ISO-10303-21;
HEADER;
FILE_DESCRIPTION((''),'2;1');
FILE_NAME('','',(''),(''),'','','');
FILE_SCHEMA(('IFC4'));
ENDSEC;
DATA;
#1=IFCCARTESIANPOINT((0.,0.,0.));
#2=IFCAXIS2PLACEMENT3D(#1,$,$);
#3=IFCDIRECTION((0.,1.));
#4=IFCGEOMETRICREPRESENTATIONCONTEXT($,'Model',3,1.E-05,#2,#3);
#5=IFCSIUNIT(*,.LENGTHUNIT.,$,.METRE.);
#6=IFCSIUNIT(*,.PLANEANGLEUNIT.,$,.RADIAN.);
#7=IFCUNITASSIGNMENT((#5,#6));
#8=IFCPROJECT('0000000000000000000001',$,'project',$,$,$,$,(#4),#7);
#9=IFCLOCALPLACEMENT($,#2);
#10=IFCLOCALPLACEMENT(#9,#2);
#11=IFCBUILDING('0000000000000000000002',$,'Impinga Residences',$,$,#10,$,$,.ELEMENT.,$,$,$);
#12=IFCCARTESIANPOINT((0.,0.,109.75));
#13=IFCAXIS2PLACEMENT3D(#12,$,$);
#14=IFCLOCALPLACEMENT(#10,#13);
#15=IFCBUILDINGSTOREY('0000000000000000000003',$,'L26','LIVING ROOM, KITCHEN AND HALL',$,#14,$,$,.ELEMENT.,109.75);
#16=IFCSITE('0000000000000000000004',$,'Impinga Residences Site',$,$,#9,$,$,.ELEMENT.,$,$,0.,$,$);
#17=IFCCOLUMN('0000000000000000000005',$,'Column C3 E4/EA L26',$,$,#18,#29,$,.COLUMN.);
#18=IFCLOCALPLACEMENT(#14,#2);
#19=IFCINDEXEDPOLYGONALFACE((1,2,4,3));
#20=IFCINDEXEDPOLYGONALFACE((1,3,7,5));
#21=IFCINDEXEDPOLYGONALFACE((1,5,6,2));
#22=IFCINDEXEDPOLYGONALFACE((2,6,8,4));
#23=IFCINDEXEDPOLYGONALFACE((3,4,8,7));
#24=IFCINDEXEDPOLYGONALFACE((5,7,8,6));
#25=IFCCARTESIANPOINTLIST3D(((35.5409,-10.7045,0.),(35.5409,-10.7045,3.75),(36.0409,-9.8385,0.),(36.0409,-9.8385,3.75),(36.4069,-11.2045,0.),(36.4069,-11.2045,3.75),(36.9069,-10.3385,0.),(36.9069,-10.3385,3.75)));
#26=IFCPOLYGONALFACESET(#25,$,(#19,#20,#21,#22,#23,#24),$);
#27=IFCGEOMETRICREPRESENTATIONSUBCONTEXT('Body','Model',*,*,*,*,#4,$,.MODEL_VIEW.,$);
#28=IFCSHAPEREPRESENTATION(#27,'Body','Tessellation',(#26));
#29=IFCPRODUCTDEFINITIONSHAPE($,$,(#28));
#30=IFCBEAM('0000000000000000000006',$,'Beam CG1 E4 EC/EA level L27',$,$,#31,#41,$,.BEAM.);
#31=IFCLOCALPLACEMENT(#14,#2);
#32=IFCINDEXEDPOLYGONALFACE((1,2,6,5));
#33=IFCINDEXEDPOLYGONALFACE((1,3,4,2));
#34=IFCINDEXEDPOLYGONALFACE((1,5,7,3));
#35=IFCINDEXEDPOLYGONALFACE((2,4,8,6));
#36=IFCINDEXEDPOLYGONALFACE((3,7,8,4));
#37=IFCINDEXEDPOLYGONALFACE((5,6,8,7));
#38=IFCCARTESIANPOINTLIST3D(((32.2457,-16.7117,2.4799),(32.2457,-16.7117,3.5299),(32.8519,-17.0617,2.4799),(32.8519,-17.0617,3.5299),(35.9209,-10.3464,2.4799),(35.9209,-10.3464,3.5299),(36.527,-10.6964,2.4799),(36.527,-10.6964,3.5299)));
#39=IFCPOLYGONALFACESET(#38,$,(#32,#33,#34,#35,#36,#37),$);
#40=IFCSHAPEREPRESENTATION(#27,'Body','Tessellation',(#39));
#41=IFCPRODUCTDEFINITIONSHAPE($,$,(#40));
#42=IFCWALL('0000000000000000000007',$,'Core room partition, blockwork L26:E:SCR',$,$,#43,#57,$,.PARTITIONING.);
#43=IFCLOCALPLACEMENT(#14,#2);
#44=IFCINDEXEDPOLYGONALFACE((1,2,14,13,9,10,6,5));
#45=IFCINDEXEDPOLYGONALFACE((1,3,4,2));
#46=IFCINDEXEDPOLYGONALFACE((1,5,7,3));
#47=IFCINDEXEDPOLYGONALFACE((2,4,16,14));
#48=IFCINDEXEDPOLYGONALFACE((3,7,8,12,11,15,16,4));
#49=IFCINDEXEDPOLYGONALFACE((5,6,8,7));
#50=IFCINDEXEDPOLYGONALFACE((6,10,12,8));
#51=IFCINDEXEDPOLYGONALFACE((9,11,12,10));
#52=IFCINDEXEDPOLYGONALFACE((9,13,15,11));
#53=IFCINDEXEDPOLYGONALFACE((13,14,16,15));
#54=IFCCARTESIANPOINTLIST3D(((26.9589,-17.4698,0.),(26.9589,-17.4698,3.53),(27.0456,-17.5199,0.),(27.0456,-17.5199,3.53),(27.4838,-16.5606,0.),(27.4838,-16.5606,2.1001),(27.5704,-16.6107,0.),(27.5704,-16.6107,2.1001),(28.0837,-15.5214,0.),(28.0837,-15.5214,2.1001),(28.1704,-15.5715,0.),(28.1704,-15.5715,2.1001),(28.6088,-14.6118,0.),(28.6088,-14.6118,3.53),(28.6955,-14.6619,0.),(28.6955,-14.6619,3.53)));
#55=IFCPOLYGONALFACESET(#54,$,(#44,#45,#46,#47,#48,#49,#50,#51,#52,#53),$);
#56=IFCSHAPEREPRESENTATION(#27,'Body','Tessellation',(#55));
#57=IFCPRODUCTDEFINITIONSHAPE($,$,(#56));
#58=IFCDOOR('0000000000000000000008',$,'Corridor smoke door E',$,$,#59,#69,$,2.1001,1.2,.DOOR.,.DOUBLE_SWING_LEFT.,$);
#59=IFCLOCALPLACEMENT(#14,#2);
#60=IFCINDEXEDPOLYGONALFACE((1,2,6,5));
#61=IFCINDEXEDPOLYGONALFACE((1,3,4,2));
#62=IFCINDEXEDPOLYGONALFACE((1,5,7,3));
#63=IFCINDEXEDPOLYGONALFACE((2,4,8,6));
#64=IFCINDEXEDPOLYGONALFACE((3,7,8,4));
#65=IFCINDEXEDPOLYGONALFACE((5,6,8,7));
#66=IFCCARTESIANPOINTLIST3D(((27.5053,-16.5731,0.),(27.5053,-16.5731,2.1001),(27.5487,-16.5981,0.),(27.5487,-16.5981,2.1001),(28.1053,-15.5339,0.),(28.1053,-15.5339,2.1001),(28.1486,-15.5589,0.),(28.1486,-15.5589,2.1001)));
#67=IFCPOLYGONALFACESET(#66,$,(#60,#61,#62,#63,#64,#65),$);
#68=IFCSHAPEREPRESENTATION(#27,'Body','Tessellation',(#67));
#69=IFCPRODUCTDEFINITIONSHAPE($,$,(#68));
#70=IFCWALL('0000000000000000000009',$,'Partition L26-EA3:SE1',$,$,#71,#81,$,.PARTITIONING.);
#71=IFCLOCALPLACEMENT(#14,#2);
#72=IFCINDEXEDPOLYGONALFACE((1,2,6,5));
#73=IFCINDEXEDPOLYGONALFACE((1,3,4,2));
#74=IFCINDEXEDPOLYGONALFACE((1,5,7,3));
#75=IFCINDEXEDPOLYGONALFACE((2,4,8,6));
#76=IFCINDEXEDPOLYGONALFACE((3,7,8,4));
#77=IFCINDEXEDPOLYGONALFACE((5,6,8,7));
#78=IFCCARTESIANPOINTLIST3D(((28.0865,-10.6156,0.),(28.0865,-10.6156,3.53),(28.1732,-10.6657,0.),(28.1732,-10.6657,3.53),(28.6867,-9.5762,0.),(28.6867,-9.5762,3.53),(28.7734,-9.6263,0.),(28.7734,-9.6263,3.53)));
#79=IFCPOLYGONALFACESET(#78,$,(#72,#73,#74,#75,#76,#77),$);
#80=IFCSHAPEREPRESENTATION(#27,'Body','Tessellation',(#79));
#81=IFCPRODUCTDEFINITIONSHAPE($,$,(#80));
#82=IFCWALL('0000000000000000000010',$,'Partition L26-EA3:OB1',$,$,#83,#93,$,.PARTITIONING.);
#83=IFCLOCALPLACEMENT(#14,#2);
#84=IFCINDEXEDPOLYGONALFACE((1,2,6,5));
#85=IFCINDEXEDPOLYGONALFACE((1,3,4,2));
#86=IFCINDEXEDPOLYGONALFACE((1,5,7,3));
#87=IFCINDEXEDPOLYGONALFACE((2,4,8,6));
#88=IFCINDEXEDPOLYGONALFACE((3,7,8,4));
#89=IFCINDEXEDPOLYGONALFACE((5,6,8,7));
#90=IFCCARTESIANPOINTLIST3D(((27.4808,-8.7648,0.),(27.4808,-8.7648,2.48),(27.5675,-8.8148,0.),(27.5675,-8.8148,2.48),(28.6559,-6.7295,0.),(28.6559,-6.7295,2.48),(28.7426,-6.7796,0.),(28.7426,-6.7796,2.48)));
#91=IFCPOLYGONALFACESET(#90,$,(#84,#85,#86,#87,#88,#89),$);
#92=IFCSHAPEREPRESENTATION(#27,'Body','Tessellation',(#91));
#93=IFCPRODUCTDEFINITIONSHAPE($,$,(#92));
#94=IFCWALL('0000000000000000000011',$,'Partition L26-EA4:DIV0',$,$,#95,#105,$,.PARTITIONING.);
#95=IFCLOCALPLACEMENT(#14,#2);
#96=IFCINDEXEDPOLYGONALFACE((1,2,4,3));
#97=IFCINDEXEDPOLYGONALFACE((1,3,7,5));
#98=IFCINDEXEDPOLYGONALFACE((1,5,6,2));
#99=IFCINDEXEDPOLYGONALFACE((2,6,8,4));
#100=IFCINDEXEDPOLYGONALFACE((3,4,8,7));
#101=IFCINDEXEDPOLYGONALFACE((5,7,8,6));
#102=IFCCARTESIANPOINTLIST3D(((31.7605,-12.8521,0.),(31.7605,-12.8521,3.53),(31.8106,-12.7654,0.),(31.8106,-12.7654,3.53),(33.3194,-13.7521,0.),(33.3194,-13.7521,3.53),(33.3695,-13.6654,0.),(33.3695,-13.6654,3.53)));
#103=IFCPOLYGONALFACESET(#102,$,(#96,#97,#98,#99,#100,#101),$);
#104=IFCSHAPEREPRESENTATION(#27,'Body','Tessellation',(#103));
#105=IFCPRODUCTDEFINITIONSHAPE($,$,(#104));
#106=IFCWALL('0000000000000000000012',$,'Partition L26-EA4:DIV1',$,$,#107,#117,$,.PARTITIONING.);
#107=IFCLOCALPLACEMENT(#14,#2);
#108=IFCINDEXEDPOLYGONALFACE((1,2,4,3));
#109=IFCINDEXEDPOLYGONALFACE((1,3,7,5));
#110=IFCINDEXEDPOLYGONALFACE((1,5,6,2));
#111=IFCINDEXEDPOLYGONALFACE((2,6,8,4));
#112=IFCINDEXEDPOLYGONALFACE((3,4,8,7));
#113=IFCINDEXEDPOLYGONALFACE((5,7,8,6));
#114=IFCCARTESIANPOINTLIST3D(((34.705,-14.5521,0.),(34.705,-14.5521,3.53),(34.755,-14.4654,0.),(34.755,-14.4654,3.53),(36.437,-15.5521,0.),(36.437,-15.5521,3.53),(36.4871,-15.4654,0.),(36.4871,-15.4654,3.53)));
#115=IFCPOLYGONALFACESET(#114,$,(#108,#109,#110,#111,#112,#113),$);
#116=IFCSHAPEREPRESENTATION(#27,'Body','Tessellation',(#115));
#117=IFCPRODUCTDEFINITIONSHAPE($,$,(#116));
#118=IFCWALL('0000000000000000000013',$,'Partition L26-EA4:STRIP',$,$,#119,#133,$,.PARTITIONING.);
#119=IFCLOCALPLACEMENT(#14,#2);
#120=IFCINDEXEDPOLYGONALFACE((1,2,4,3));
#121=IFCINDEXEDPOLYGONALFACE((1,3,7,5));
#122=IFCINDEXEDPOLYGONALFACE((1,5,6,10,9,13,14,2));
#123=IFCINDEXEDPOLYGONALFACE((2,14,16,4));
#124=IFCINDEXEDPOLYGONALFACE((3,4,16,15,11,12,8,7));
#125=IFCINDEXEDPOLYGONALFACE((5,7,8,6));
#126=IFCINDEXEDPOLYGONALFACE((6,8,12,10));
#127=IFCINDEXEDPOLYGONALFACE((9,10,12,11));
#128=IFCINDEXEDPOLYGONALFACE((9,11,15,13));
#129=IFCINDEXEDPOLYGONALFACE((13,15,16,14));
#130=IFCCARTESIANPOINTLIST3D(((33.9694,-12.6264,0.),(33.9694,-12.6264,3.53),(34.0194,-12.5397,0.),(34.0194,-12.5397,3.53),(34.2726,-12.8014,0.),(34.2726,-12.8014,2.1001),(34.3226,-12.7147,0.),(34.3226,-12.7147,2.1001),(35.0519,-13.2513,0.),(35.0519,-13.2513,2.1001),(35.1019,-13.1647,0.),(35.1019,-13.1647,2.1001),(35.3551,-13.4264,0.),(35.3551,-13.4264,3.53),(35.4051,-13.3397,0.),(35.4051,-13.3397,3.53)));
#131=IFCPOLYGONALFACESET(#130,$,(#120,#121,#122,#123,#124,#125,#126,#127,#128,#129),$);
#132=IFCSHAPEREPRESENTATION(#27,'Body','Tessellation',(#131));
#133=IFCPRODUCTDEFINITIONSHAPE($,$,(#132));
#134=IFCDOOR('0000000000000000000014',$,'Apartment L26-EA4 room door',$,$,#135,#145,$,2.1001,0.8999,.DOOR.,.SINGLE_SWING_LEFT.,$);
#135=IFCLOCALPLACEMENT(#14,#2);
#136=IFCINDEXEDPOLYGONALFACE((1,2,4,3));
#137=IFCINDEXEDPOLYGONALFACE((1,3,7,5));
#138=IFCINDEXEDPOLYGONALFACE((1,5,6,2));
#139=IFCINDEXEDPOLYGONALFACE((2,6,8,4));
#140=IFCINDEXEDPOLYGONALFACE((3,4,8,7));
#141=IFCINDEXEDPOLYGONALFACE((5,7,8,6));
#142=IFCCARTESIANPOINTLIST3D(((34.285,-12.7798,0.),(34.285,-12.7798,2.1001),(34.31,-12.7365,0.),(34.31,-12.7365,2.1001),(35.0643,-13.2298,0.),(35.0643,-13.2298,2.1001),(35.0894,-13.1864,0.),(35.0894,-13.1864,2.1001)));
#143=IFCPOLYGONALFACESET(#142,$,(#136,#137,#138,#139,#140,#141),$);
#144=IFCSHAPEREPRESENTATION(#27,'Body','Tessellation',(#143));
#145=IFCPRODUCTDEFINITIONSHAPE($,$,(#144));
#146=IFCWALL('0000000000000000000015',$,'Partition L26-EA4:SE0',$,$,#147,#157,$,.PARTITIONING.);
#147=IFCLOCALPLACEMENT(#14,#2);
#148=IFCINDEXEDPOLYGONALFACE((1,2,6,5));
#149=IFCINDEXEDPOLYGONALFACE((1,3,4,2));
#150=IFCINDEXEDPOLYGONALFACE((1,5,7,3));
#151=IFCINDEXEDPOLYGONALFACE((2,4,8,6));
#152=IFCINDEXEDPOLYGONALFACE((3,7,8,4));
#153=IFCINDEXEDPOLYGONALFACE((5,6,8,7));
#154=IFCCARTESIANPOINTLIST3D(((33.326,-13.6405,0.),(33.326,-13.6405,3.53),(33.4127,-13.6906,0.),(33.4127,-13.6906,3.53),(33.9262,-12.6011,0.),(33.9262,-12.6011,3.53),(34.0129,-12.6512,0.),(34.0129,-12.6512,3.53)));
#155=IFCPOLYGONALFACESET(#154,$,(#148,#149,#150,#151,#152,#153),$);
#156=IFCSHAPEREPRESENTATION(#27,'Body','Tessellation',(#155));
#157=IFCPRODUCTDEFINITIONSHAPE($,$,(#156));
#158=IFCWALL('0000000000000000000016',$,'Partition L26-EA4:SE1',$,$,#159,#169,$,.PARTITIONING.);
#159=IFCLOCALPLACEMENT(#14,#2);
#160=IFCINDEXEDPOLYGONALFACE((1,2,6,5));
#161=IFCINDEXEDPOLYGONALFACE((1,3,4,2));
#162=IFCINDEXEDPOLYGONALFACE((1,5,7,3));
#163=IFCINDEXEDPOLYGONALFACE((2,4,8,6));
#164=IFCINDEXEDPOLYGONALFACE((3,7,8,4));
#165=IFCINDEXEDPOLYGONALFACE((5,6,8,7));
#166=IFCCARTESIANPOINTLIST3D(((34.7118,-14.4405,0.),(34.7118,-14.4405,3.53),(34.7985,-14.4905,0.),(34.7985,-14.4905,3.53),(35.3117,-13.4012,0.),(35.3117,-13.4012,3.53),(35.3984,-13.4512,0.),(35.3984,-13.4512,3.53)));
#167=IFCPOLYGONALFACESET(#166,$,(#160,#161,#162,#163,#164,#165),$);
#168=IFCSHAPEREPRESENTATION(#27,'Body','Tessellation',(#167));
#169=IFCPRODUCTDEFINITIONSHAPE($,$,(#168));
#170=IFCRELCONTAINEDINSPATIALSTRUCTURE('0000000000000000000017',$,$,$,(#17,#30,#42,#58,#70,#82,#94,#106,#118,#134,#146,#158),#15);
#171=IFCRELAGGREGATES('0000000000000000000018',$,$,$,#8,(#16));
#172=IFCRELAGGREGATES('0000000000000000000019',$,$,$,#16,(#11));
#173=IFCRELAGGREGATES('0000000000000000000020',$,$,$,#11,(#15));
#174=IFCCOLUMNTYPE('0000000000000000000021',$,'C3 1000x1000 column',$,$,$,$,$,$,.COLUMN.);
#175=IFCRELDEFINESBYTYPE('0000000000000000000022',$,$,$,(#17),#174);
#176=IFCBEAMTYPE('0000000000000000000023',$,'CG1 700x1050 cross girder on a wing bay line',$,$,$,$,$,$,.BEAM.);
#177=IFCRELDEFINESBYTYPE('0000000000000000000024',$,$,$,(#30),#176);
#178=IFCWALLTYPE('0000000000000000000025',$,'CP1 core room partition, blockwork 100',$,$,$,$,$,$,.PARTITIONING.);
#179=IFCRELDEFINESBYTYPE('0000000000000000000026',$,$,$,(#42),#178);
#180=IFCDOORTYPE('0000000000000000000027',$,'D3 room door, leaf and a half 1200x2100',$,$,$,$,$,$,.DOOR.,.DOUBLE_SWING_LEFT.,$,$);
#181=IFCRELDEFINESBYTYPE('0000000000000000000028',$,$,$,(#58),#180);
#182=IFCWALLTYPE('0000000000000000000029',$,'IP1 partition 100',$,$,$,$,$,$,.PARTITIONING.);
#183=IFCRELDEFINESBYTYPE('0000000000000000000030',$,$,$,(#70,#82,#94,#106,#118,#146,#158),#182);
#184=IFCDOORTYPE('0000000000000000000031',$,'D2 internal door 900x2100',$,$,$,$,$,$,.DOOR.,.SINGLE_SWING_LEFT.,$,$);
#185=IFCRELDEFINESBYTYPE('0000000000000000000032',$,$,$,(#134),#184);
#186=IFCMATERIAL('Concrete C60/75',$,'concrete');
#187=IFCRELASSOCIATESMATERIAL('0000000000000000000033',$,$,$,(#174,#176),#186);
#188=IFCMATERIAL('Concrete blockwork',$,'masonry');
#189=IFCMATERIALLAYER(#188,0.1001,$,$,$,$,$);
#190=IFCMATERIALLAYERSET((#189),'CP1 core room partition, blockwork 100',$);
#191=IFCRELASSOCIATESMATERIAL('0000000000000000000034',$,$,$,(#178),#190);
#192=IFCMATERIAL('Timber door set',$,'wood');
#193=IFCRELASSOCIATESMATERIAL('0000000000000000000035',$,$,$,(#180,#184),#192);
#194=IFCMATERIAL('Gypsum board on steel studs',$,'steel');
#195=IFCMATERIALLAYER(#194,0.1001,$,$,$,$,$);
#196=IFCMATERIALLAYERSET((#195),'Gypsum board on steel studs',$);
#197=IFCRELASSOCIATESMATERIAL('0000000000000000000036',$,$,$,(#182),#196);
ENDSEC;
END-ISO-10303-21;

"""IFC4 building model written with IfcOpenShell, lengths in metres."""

from ifc_helpers import new_model, si_unit, direction, frame, frame_2d, origin, origin_2d, place, context, subcontext, project, spatial, rectangle, extrude, material, layer, layer_set, material_profile, profile_set, type_object, element, fill, save


model = new_model("IFC4")

# Units and contexts
model_context = context("Model", 3, precision=1e-05, world=origin(), true_north=direction((0.0, 1.0)))
body_context = subcontext(model_context, "Body", "Model", "MODEL_VIEW")
ifc_project = project(units=[si_unit("LENGTHUNIT", "METRE"), si_unit("PLANEANGLEUNIT", "RADIAN")], contexts=[model_context])

# Site, building, storey
site_placement = place(None, origin())
site = spatial("IfcSite", under=ifc_project, at=site_placement, Name="Impinga Residences Site", CompositionType="ELEMENT", RefElevation=0.0)
building_placement = place(site_placement, origin())
building = spatial("IfcBuilding", under=site, at=building_placement, Name="Impinga Residences", CompositionType="ELEMENT")
storey_placement = place(building_placement, frame((0.0, 0.0, 109.75)))
storey = spatial("IfcBuildingStorey", under=building, at=storey_placement, Name="L26", Description="LIVING ROOM, KITCHEN AND HALL", CompositionType="ELEMENT", Elevation=109.75)

# Column
ifc_material_1 = material(Name="Concrete C60/75", Category="concrete")
ifc_material_profile_1 = material_profile(ifc_material_1, rectangle(XDim=1.0, YDim=1.0, at=origin_2d()), Name="RC 1000x1000")
ifc_profile_set_1 = profile_set([ifc_material_profile_1], Name="Concrete C60/75")
column_type = type_object("IfcColumnType", Name="C3 1000x1000 column", PredefinedType="COLUMN", material=ifc_profile_set_1)
column_placement = place(storey_placement, frame((36.2239, -10.5215, 0.0), z_axis=(0.0, 0.0, 1.0), x_axis=(-0.5, -0.866025, 0.0)))
element("IfcColumn", 1, at=column_placement, inside=storey, type_object=column_type, Name="Column C3 E4/EA L26", PredefinedType="COLUMN", context=body_context, shape_type="SweptSolid", body=[
    extrude(rectangle(XDim=1.0, YDim=1.0, at=origin_2d()), origin(), (0.0, 0.0, 1.0), 3.75),
])

# Beam
ifc_material_profile_2 = material_profile(ifc_material_1, rectangle(XDim=0.7, YDim=1.05, at=origin_2d()), Name="RC 700x1050")
ifc_profile_set_2 = profile_set([ifc_material_profile_2], Name="Concrete C60/75")
beam_type = type_object("IfcBeamType", Name="CG1 700x1050 cross girder on a wing bay line", PredefinedType="BEAM", material=ifc_profile_set_2)
beam_placement = place(storey_placement, frame((32.5488, -16.8867, 3.0049), z_axis=(0.500008, 0.866021, 0.0), x_axis=(-0.866021, 0.500008, 0.0)))
element("IfcBeam", 2, at=beam_placement, inside=storey, type_object=beam_type, Name="Beam CG1 E4 EC/EA level L27", PredefinedType="BEAM", context=body_context, shape_type="SweptSolid", body=[
    extrude(rectangle(XDim=0.7, YDim=1.05, at=origin_2d()), origin(), (0.0, 0.0, 1.0), 7.3501),
])

# Wall, opening, door
ifc_material_2 = material(Name="Concrete blockwork", Category="masonry")
ifc_layer_1 = layer(ifc_material_2, 0.1001)
ifc_layer_set_1 = layer_set([ifc_layer_1], Name="CP1 core room partition, blockwork 100")
wall_type_1 = type_object("IfcWallType", Name="CP1 core room partition, blockwork 100", PredefinedType="PARTITIONING", material=ifc_layer_set_1)
wall_1_placement = place(storey_placement, frame((28.6521, -14.637, 0.0), z_axis=(0.0, 0.0, 1.0), x_axis=(-0.499974, -0.86604, 0.0)))
wall_1 = element("IfcWall", 3, at=wall_1_placement, inside=storey, type_object=wall_type_1, Name="Core room partition, blockwork L26:E:SCR", PredefinedType="PARTITIONING", context=body_context, shape_type="SweptSolid", body=[
    extrude(rectangle(XDim=3.3, YDim=0.1001, at=frame_2d((1.6499, 0.0))), origin(), (0.0, 0.0, 1.0), 3.53),
])
opening_1_placement = place(wall_1_placement, frame((1.05, 0.0, 0.0)))
opening_1 = element("IfcOpeningElement", 4, at=opening_1_placement, cuts=wall_1, PredefinedType="OPENING", context=body_context, shape_type="SweptSolid", body=[
    extrude(rectangle(XDim=1.2, YDim=2.1001, at=frame_2d((0.6001, 1.05))), frame((0.0, 0.0601, 0.0), z_axis=(0.0, -1.0, 0.0), x_axis=(1.0, 0.0, 0.0)), (0.0, 0.0, 1.0), 0.1201),
])
ifc_material_3 = material(Name="Timber door set", Category="wood")
door_type_1 = type_object("IfcDoorType", Name="D3 room door, leaf and a half 1200x2100", OperationType="DOUBLE_SWING_LEFT", PredefinedType="DOOR", material=ifc_material_3)
door_1_placement = place(opening_1_placement, origin())
door_1 = element("IfcDoor", 5, at=door_1_placement, inside=storey, type_object=door_type_1, Name="Corridor smoke door E", OperationType="DOUBLE_SWING_LEFT", OverallHeight=2.1001, OverallWidth=1.2, PredefinedType="DOOR", context=body_context, shape_type="SweptSolid", body=[
    extrude(rectangle(XDim=1.2, YDim=2.1001, at=frame_2d((0.6001, 1.05))), frame((0.0, 0.0249, 0.0), z_axis=(0.0, -1.0, 0.0), x_axis=(1.0, 0.0, 0.0)), (0.0, 0.0, 1.0), 0.05),
])
fill(opening_1, door_1)

# Walls
ifc_material_4 = material(Name="Gypsum board on steel studs", Category="steel")
ifc_layer_2 = layer(ifc_material_4, 0.1001)
ifc_layer_set_2 = layer_set([ifc_layer_2], Name="Gypsum board on steel studs")
wall_type_2 = type_object("IfcWallType", Name="IP1 partition 100", PredefinedType="PARTITIONING", material=ifc_layer_set_2)
wall_2_placement = place(storey_placement, frame((28.1299, -10.6406, 0.0), z_axis=(0.0, 0.0, 1.0), x_axis=(0.500034, 0.866006, 0.0)))
element("IfcWall", 6, at=wall_2_placement, inside=storey, type_object=wall_type_2, Name="Partition L26-EA3:SE1", PredefinedType="PARTITIONING", context=body_context, shape_type="SweptSolid", body=[
    extrude(rectangle(XDim=1.2002, YDim=0.1001, at=frame_2d((0.6001, 0.0))), origin(), (0.0, 0.0, 1.0), 3.53),
])
wall_3_placement = place(storey_placement, frame((27.5242, -8.7898, 0.0), z_axis=(0.0, 0.0, 1.0), x_axis=(0.500016, 0.866016, 0.0)))
element("IfcWall", 7, at=wall_3_placement, inside=storey, type_object=wall_type_2, Name="Partition L26-EA3:OB1", PredefinedType="PARTITIONING", context=body_context, shape_type="SweptSolid", body=[
    extrude(rectangle(XDim=2.3501, YDim=0.1001, at=frame_2d((1.175, 0.0))), origin(), (0.0, 0.0, 1.0), 2.48),
])
wall_4_placement = place(storey_placement, frame((31.7856, -12.8088, 0.0), z_axis=(0.0, 0.0, 1.0), x_axis=(0.866048, -0.499961, 0.0)))
element("IfcWall", 8, at=wall_4_placement, inside=storey, type_object=wall_type_2, Name="Partition L26-EA4:DIV0", PredefinedType="PARTITIONING", context=body_context, shape_type="SweptSolid", body=[
    extrude(rectangle(XDim=1.8, YDim=0.1001, at=frame_2d((0.8999, 0.0))), origin(), (0.0, 0.0, 1.0), 3.53),
])
wall_5_placement = place(storey_placement, frame((34.73, -14.5088, 0.0), z_axis=(0.0, 0.0, 1.0), x_axis=(0.866041, -0.499973, 0.0)))
element("IfcWall", 9, at=wall_5_placement, inside=storey, type_object=wall_type_2, Name="Partition L26-EA4:DIV1", PredefinedType="PARTITIONING", context=body_context, shape_type="SweptSolid", body=[
    extrude(rectangle(XDim=2.0, YDim=0.1001, at=frame_2d((1.0, 0.0))), origin(), (0.0, 0.0, 1.0), 3.53),
])

# Wall, opening, door
wall_6_placement = place(storey_placement, frame((33.9944, -12.583, 0.0), z_axis=(0.0, 0.0, 1.0), x_axis=(0.866028, -0.499995, 0.0)))
wall_6 = element("IfcWall", 10, at=wall_6_placement, inside=storey, type_object=wall_type_2, Name="Partition L26-EA4:STRIP", PredefinedType="PARTITIONING", context=body_context, shape_type="SweptSolid", body=[
    extrude(rectangle(XDim=1.6001, YDim=0.1001, at=frame_2d((0.8, 0.0))), origin(), (0.0, 0.0, 1.0), 3.53),
])
opening_2_placement = place(wall_6_placement, frame((0.3501, 0.0, 0.0)))
opening_2 = element("IfcOpeningElement", 11, at=opening_2_placement, cuts=wall_6, PredefinedType="OPENING", context=body_context, shape_type="SweptSolid", body=[
    extrude(rectangle(XDim=0.8999, YDim=2.1001, at=frame_2d((0.45, 1.05))), frame((0.0, 0.0601, 0.0), z_axis=(0.0, -1.0, 0.0), x_axis=(1.0, 0.0, 0.0)), (0.0, 0.0, 1.0), 0.1201),
])
door_type_2 = type_object("IfcDoorType", Name="D2 internal door 900x2100", OperationType="SINGLE_SWING_LEFT", PredefinedType="DOOR", material=ifc_material_3)
door_2_placement = place(opening_2_placement, origin())
door_2 = element("IfcDoor", 12, at=door_2_placement, inside=storey, type_object=door_type_2, Name="Apartment L26-EA4 room door", OperationType="SINGLE_SWING_LEFT", OverallHeight=2.1001, OverallWidth=0.8999, PredefinedType="DOOR", context=body_context, shape_type="SweptSolid", body=[
    extrude(rectangle(XDim=0.8999, YDim=2.1001, at=frame_2d((0.45, 1.05))), frame((0.0, 0.0249, 0.0), z_axis=(0.0, -1.0, 0.0), x_axis=(1.0, 0.0, 0.0)), (0.0, 0.0, 1.0), 0.05),
])
fill(opening_2, door_2)

# Walls
wall_7_placement = place(storey_placement, frame((33.3694, -13.6655, 0.0), z_axis=(0.0, 0.0, 1.0), x_axis=(0.500034, 0.866006, 0.0)))
element("IfcWall", 13, at=wall_7_placement, inside=storey, type_object=wall_type_2, Name="Partition L26-EA4:SE0", PredefinedType="PARTITIONING", context=body_context, shape_type="SweptSolid", body=[
    extrude(rectangle(XDim=1.2002, YDim=0.1001, at=frame_2d((0.6001, 0.0))), origin(), (0.0, 0.0, 1.0), 3.53),
])
wall_8_placement = place(storey_placement, frame((34.7551, -14.4656, 0.0), z_axis=(0.0, 0.0, 1.0), x_axis=(0.499881, 0.866094, 0.0)))
element("IfcWall", 14, at=wall_8_placement, inside=storey, type_object=wall_type_2, Name="Partition L26-EA4:SE1", PredefinedType="PARTITIONING", context=body_context, shape_type="SweptSolid", body=[
    extrude(rectangle(XDim=1.2, YDim=0.1001, at=frame_2d((0.6001, 0.0))), origin(), (0.0, 0.0, 1.0), 3.53),
])

save(model, "model.ifc")
